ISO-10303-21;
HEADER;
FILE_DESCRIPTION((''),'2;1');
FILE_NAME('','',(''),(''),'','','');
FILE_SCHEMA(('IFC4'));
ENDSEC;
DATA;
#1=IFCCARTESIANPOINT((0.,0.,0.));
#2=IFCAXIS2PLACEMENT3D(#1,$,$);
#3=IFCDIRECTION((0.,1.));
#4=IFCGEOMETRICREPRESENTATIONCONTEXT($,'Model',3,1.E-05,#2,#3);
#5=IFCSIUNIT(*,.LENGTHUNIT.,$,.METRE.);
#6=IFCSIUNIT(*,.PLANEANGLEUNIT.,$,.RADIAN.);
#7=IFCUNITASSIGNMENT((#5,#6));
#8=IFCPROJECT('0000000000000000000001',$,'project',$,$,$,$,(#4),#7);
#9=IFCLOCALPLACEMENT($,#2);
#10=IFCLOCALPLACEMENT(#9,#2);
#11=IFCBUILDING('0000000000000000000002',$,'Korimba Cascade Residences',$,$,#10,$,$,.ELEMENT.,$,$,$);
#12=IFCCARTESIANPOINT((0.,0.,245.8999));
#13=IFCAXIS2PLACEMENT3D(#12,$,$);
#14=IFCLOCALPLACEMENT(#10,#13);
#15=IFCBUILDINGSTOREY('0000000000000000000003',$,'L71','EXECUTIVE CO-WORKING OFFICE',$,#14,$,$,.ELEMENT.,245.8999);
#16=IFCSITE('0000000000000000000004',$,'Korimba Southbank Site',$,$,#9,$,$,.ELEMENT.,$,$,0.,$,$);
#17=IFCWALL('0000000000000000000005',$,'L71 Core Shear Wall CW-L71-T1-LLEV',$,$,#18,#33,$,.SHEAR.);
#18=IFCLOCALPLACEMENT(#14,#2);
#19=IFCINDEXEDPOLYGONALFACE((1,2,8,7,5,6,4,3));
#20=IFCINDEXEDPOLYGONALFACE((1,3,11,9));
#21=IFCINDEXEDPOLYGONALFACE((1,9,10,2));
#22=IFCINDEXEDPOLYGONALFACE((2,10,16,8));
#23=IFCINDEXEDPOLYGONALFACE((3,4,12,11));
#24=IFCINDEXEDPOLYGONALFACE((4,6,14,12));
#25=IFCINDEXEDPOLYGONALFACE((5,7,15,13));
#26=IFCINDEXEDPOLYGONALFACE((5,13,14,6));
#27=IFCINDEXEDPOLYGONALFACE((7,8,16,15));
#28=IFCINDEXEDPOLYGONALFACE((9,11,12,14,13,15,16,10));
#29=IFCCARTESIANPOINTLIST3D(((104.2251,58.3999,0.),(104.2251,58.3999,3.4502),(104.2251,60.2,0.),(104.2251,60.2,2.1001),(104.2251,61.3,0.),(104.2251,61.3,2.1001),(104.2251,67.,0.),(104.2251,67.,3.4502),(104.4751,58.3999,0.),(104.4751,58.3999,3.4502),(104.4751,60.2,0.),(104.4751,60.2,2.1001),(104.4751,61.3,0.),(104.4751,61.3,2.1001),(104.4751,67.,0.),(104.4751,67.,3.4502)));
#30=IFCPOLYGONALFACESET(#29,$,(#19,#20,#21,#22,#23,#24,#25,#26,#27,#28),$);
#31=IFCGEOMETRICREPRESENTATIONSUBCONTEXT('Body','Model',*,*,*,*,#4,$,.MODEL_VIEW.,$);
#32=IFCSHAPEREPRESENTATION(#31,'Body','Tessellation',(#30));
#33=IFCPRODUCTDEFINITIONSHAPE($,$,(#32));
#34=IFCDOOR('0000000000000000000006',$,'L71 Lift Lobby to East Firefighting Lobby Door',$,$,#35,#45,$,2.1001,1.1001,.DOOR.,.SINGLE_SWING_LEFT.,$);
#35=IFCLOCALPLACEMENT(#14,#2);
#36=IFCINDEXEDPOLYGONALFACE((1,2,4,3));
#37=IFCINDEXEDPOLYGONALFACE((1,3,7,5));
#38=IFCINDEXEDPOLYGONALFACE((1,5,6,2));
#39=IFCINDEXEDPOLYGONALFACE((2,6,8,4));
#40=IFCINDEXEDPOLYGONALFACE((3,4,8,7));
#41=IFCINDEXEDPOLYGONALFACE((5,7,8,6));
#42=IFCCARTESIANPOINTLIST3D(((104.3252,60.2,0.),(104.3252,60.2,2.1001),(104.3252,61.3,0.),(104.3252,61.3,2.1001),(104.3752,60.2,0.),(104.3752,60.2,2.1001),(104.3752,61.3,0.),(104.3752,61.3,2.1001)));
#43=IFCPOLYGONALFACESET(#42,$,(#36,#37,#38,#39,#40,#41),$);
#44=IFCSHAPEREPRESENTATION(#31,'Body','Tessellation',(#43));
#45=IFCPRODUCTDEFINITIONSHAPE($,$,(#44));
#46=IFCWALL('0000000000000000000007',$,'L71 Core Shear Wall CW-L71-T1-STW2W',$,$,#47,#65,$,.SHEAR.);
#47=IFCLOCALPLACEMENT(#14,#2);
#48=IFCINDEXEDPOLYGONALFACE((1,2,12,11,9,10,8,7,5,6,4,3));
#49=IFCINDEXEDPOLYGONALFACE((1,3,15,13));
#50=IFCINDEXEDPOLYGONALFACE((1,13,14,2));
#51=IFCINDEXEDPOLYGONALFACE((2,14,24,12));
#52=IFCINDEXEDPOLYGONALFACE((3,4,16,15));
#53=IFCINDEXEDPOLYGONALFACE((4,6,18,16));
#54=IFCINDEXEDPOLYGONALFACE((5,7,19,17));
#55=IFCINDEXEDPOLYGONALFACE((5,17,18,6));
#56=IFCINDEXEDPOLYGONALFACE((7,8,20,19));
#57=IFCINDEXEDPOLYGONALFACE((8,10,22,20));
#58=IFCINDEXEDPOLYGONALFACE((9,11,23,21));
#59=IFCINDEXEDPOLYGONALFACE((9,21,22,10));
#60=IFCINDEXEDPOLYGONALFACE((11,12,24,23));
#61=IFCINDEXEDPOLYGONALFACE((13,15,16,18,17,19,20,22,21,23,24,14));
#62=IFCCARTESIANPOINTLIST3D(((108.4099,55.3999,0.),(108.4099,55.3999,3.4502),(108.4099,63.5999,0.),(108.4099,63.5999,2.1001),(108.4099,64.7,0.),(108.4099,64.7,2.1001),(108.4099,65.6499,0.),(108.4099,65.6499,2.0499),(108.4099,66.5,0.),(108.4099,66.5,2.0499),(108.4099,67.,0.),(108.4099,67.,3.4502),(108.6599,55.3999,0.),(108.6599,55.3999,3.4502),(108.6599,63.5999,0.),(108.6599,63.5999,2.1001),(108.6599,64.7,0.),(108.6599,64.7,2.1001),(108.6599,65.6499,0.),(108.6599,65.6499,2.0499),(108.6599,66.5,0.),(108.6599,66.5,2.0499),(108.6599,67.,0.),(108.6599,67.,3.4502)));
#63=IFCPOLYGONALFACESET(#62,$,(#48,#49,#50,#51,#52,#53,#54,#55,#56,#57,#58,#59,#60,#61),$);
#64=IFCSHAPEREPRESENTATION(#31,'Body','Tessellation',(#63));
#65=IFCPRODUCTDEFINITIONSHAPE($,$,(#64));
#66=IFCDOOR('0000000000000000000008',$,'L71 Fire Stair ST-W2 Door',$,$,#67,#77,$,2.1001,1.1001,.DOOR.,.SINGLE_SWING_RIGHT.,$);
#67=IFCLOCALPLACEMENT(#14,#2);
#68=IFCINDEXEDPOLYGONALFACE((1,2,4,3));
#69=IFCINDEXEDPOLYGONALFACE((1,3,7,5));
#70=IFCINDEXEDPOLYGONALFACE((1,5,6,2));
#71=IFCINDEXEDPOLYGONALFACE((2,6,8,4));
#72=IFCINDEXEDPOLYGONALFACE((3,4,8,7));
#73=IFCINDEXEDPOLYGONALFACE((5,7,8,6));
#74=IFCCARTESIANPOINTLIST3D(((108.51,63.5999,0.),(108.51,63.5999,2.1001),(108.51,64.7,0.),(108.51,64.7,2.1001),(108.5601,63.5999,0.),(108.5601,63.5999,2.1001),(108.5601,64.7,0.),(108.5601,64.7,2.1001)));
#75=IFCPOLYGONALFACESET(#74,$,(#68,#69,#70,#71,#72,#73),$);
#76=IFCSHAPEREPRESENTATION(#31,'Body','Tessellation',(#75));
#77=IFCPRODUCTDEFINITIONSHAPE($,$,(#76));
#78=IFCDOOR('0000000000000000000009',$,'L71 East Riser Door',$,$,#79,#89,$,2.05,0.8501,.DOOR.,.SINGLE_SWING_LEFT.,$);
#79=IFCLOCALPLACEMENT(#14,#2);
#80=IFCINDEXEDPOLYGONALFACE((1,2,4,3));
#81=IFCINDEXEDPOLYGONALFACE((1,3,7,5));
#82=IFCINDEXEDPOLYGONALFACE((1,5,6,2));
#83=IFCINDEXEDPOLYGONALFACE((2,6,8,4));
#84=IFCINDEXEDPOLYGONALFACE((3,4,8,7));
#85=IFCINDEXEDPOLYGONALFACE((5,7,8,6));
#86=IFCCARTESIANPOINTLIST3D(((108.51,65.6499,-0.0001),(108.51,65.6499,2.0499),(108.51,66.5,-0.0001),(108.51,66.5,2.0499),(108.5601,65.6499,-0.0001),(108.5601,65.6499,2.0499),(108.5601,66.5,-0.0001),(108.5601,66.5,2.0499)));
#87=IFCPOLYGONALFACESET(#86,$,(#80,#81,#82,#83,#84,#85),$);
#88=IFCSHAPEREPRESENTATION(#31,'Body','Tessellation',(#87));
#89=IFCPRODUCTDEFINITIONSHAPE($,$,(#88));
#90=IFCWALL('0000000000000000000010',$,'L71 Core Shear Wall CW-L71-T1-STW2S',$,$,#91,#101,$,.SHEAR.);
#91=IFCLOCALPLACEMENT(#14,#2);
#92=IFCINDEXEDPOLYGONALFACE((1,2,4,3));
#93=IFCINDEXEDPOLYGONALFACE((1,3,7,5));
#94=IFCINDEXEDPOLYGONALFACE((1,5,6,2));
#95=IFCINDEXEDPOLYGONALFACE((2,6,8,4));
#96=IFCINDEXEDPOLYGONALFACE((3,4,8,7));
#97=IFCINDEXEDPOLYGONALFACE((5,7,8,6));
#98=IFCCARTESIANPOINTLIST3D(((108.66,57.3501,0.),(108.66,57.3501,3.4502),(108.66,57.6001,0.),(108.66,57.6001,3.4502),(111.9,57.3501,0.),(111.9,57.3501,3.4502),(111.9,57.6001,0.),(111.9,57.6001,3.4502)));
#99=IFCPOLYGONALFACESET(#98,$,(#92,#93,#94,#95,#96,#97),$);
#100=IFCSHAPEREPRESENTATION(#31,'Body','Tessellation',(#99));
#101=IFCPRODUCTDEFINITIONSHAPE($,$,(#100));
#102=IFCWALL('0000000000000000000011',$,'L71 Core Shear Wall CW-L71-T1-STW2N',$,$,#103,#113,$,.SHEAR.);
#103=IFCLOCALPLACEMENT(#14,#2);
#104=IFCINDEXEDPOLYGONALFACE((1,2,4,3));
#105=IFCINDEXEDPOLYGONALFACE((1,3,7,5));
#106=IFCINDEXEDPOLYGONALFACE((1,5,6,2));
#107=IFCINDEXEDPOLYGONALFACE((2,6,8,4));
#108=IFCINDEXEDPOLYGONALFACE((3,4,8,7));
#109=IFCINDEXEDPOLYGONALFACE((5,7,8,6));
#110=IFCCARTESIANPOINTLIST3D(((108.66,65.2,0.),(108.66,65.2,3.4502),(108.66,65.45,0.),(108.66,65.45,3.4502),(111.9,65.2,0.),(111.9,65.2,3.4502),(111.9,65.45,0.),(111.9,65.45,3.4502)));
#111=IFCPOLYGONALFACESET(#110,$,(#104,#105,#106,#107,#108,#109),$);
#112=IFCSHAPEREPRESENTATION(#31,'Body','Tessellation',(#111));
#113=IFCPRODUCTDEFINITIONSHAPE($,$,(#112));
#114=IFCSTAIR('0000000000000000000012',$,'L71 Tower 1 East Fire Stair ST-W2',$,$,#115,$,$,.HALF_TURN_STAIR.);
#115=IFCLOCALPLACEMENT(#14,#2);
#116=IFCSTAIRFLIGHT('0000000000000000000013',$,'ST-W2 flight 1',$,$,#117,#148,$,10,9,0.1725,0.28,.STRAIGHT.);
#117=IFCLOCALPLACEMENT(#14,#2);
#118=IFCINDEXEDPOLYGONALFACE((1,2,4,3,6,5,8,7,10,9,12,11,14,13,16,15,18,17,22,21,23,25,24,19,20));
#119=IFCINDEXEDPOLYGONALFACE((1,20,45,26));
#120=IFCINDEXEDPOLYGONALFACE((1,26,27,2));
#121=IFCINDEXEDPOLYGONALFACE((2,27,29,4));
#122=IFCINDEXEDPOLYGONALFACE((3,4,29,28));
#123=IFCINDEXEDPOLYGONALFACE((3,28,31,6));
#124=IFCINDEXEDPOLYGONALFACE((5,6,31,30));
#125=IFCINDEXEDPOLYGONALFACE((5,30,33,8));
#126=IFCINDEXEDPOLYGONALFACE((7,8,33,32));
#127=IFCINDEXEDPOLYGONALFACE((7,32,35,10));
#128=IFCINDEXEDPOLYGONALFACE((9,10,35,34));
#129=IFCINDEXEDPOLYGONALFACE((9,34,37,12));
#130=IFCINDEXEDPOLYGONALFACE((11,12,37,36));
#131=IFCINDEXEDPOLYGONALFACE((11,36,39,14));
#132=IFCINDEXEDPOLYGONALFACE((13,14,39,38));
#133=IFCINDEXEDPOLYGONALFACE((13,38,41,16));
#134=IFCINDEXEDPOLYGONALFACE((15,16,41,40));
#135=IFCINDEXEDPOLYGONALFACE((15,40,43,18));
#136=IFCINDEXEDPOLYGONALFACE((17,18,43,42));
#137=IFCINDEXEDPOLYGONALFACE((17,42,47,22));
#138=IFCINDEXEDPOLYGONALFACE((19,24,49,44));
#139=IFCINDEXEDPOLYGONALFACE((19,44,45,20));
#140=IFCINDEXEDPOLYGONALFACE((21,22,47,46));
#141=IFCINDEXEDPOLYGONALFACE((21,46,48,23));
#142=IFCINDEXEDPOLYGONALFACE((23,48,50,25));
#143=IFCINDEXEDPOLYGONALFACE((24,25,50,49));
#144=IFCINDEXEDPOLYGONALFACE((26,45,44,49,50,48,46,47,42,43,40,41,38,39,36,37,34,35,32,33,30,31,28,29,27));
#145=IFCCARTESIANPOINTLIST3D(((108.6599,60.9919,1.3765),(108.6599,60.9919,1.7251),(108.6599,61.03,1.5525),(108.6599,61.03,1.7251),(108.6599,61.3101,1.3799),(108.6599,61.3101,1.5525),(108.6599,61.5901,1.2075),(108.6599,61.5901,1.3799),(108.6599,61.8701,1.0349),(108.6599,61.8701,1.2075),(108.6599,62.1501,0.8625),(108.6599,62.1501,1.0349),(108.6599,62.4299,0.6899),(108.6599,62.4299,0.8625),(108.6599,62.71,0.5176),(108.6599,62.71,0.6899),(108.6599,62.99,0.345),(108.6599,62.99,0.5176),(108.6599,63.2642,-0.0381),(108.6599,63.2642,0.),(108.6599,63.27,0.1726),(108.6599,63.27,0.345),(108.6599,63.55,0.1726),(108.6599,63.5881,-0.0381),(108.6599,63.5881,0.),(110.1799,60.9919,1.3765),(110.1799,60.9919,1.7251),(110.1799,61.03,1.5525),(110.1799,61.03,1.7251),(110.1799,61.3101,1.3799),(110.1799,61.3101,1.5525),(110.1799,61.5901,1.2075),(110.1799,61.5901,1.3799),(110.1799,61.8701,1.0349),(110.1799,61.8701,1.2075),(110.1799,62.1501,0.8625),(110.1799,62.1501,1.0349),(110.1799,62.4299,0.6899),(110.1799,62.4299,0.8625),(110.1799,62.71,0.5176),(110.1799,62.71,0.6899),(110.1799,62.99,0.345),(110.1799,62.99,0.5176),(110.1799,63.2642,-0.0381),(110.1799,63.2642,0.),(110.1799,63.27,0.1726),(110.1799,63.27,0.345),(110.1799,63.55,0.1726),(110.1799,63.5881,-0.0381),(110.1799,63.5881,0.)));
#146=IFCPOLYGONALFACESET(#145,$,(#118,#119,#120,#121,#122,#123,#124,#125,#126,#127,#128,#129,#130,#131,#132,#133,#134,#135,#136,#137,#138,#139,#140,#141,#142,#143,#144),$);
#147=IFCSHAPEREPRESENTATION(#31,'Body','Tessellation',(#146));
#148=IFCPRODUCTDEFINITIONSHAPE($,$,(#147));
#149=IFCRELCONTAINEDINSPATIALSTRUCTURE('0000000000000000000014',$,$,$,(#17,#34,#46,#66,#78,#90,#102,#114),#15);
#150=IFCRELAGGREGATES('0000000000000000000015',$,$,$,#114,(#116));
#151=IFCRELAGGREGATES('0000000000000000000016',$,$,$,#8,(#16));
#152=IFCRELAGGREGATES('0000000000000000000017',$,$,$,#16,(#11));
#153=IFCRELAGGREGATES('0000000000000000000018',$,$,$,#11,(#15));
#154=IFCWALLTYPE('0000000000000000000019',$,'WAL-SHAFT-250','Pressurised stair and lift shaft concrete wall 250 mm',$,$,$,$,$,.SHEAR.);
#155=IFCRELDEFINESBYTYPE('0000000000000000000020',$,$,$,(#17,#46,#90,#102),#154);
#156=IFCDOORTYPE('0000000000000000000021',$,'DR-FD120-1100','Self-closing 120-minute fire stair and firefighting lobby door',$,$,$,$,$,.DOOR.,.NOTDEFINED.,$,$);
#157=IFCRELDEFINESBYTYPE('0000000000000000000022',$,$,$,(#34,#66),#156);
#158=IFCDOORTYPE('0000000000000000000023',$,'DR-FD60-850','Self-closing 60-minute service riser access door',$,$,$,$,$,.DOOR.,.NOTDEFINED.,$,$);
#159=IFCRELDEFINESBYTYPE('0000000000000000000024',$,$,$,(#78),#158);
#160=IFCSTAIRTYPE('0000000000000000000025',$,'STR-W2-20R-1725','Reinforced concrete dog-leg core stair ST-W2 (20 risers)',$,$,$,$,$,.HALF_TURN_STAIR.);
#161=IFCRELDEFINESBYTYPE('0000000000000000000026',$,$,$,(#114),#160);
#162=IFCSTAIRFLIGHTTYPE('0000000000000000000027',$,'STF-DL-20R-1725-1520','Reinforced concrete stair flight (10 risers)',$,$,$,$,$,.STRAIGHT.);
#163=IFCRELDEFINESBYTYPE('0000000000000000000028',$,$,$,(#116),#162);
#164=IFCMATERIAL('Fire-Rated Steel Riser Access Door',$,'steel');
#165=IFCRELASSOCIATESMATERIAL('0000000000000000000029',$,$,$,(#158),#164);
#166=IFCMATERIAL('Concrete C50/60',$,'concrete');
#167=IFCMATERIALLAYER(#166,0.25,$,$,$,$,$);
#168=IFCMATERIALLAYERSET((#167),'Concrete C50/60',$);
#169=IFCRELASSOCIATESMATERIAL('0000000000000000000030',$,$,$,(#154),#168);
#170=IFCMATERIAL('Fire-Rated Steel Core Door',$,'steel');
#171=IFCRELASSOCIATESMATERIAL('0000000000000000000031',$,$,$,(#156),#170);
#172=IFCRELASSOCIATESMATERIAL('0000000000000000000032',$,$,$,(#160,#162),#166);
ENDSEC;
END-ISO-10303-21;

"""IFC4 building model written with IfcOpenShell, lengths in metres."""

from ifc_helpers import new_model, si_unit, direction, frame, frame_2d, origin, place, context, subcontext, project, spatial, polyline, rectangle, outline, extrude, material, layer, layer_set, type_object, element, fill, aggregate, save


model = new_model("IFC4")

# Units and contexts
model_context = context("Model", 3, precision=1e-05, world=origin(), true_north=direction((0.0, 1.0)))
body_context = subcontext(model_context, "Body", "Model", "MODEL_VIEW")
ifc_project = project(units=[si_unit("LENGTHUNIT", "METRE"), si_unit("PLANEANGLEUNIT", "RADIAN")], contexts=[model_context])

# Site, building, storey
site_placement = place(None, origin())
site = spatial("IfcSite", under=ifc_project, at=site_placement, Name="Korimba Southbank Site", CompositionType="ELEMENT", RefElevation=0.0)
building_placement = place(site_placement, origin())
building = spatial("IfcBuilding", under=site, at=building_placement, Name="Korimba Cascade Residences", CompositionType="ELEMENT")
storey_placement = place(building_placement, frame((0.0, 0.0, 245.8999)))
storey = spatial("IfcBuildingStorey", under=building, at=storey_placement, Name="L71", Description="EXECUTIVE CO-WORKING OFFICE", CompositionType="ELEMENT", Elevation=245.8999)

# Shared definitions
ifc_material_1 = material(Name="Concrete C50/60", Category="concrete")

# Shared definitions
ifc_material_2 = material(Name="Fire-Rated Steel Riser Access Door", Category="steel")
door_type_1 = type_object("IfcDoorType", Name="DR-FD60-850", Description="Self-closing 60-minute service riser access door", OperationType="NOTDEFINED", PredefinedType="DOOR", material=ifc_material_2)

# Shared definitions
ifc_layer_1 = layer(ifc_material_1, 0.25)
ifc_layer_set_1 = layer_set([ifc_layer_1], Name="Concrete C50/60")
wall_type_1 = type_object("IfcWallType", Name="WAL-SHAFT-250", Description="Pressurised stair and lift shaft concrete wall 250 mm", PredefinedType="SHEAR", material=ifc_layer_set_1)

# Wall, opening, door
wall_1_placement = place(storey_placement, frame((104.3501, 58.3999, 0.0), z_axis=(0.0, 0.0, 1.0), x_axis=(0.0, 1.0, 0.0)))
wall_1 = element("IfcWall", 1, at=wall_1_placement, inside=storey, type_object=wall_type_1, Name="L71 Core Shear Wall CW-L71-T1-LLEV", PredefinedType="SHEAR", context=body_context, shape_type="SweptSolid", body=[
    extrude(rectangle(XDim=8.6001, YDim=0.25, at=frame_2d((4.3, 0.0))), origin(), (0.0, 0.0, 1.0), 3.4502),
])
opening_1_placement = place(wall_1_placement, frame((1.8, 0.0, 0.0)))
opening_1 = element("IfcOpeningElement", 2, at=opening_1_placement, cuts=wall_1, PredefinedType="OPENING", context=body_context, shape_type="SweptSolid", body=[
    extrude(rectangle(XDim=1.1001, YDim=2.1001, at=frame_2d((0.55, 1.05))), frame((0.0, 0.135, 0.0), z_axis=(0.0, -1.0, 0.0), x_axis=(1.0, 0.0, 0.0)), (0.0, 0.0, 1.0), 0.27),
])
ifc_material_3 = material(Name="Fire-Rated Steel Core Door", Category="steel")
door_type_2 = type_object("IfcDoorType", Name="DR-FD120-1100", Description="Self-closing 120-minute fire stair and firefighting lobby door", OperationType="NOTDEFINED", PredefinedType="DOOR", material=ifc_material_3)
door_1_placement = place(opening_1_placement, origin())
door_1 = element("IfcDoor", 3, at=door_1_placement, inside=storey, type_object=door_type_2, Name="L71 Lift Lobby to East Firefighting Lobby Door", OperationType="SINGLE_SWING_LEFT", OverallHeight=2.1001, OverallWidth=1.1001, PredefinedType="DOOR", context=body_context, shape_type="SweptSolid", body=[
    extrude(rectangle(XDim=1.1001, YDim=2.1001, at=frame_2d((0.55, 1.05))), frame((0.0, 0.0249, 0.0), z_axis=(0.0, -1.0, 0.0), x_axis=(1.0, 0.0, 0.0)), (0.0, 0.0, 1.0), 0.05),
])
fill(opening_1, door_1)

# Wall, openings, doors
wall_2_placement = place(storey_placement, frame((108.5349, 55.3999, 0.0), z_axis=(0.0, 0.0, 1.0), x_axis=(0.0, 1.0, 0.0)))
wall_2 = element("IfcWall", 4, at=wall_2_placement, inside=storey, type_object=wall_type_1, Name="L71 Core Shear Wall CW-L71-T1-STW2W", PredefinedType="SHEAR", context=body_context, shape_type="SweptSolid", body=[
    extrude(rectangle(XDim=11.6001, YDim=0.25, at=frame_2d((5.8, 0.0))), origin(), (0.0, 0.0, 1.0), 3.4502),
])
opening_2_placement = place(wall_2_placement, frame((8.2, 0.0, 0.0)))
opening_2 = element("IfcOpeningElement", 5, at=opening_2_placement, cuts=wall_2, PredefinedType="OPENING", context=body_context, shape_type="SweptSolid", body=[
    extrude(rectangle(XDim=1.1001, YDim=2.1001, at=frame_2d((0.55, 1.05))), frame((0.0, 0.135, 0.0), z_axis=(0.0, -1.0, 0.0), x_axis=(1.0, 0.0, 0.0)), (0.0, 0.0, 1.0), 0.27),
])
opening_3_placement = place(wall_2_placement, frame((10.25, 0.0, 0.0)))
opening_3 = element("IfcOpeningElement", 6, at=opening_3_placement, cuts=wall_2, PredefinedType="OPENING", context=body_context, shape_type="SweptSolid", body=[
    extrude(rectangle(XDim=0.8501, YDim=2.05, at=frame_2d((0.425, 1.0249))), frame((0.0, 0.135, 0.0), z_axis=(0.0, -1.0, 0.0), x_axis=(1.0, 0.0, 0.0)), (0.0, 0.0, 1.0), 0.27),
])
door_2_placement = place(opening_2_placement, origin())
door_2 = element("IfcDoor", 7, at=door_2_placement, inside=storey, type_object=door_type_2, Name="L71 Fire Stair ST-W2 Door", OperationType="SINGLE_SWING_RIGHT", OverallHeight=2.1001, OverallWidth=1.1001, PredefinedType="DOOR", context=body_context, shape_type="SweptSolid", body=[
    extrude(rectangle(XDim=1.1001, YDim=2.1001, at=frame_2d((0.55, 1.05))), frame((0.0, 0.0249, 0.0), z_axis=(0.0, -1.0, 0.0), x_axis=(1.0, 0.0, 0.0)), (0.0, 0.0, 1.0), 0.05),
])
fill(opening_2, door_2)
door_3_placement = place(opening_3_placement, origin())
door_3 = element("IfcDoor", 8, at=door_3_placement, inside=storey, type_object=door_type_1, Name="L71 East Riser Door", OperationType="SINGLE_SWING_LEFT", OverallHeight=2.05, OverallWidth=0.8501, PredefinedType="DOOR", context=body_context, shape_type="SweptSolid", body=[
    extrude(rectangle(XDim=0.8501, YDim=2.05, at=frame_2d((0.425, 1.0249))), frame((0.0, 0.0249, 0.0), z_axis=(0.0, -1.0, 0.0), x_axis=(1.0, 0.0, 0.0)), (0.0, 0.0, 1.0), 0.05),
])
fill(opening_3, door_3)

# Walls
for number, where, z_axis, x_axis, name in (
    (9, (108.6599, 57.4751, 0.0), (0.0, 0.0, 1.0), (1.0, 0.0, 0.0), "L71 Core Shear Wall CW-L71-T1-STW2S"),
    (10, (108.6599, 65.325, 0.0), (0.0, 0.0, 1.0), (1.0, 0.0, 0.0), "L71 Core Shear Wall CW-L71-T1-STW2N"),
):
    element("IfcWall", number, at=place(storey_placement, frame(where, z_axis=z_axis, x_axis=x_axis)), inside=storey, type_object=wall_type_1, Name=name, PredefinedType="SHEAR", context=body_context, shape_type="SweptSolid", body=[
        extrude(rectangle(XDim=3.24, YDim=0.25, at=frame_2d((1.6201, 0.0))), origin(), (0.0, 0.0, 1.0), 3.4502),
    ])

# Stair, stair flight
stair_type = type_object("IfcStairType", Name="STR-W2-20R-1725", Description="Reinforced concrete dog-leg core stair ST-W2 (20 risers)", PredefinedType="HALF_TURN_STAIR", material=ifc_material_1)
stair_placement = place(storey_placement, origin())
stair = element("IfcStair", 11, at=stair_placement, inside=storey, type_object=stair_type, Name="L71 Tower 1 East Fire Stair ST-W2", PredefinedType="HALF_TURN_STAIR")
stair_flight_type = type_object("IfcStairFlightType", Name="STF-DL-20R-1725-1520", Description="Reinforced concrete stair flight (10 risers)", PredefinedType="STRAIGHT", material=ifc_material_1)
stair_flight_placement = place(storey_placement, frame((109.4199, 63.55, 0.0), z_axis=(0.0, 0.0, 1.0), x_axis=(0.0, -1.0, 0.0)))
stair_flight = element("IfcStairFlight", 12, at=stair_flight_placement, type_object=stair_flight_type, Name="ST-W2 flight 1", NumberOfRisers=10, NumberOfTreads=9, PredefinedType="STRAIGHT", RiserHeight=0.1725, TreadLength=0.28, context=body_context, shape_type="SweptSolid", body=[
    extrude(outline(polyline([(-0.0381, 0.0), (0.0, 0.1726), (0.28, 0.1726), (0.28, 0.345), (0.5601, 0.345), (0.5601, 0.5176), (0.8401, 0.5176), (0.8401, 0.6899), (1.1201, 0.6899), (1.1201, 0.8625), (1.3999, 0.8625), (1.3999, 1.0349), (1.6799, 1.0349), (1.6799, 1.2075), (1.96, 1.2075), (1.96, 1.3799), (2.24, 1.3799), (2.24, 1.5525), (2.52, 1.5525), (2.52, 1.7251), (2.5581, 1.7251), (2.5581, 1.3765), (0.2859, 0.0), (0.2859, -0.0381), (-0.0381, -0.0381), (-0.0381, 0.0)])), frame((0.0, 0.76, 0.0), z_axis=(0.0, -1.0, 0.0), x_axis=(1.0, 0.0, 0.0)), (0.0, 0.0, 1.0), 1.52),
])
aggregate(stair, [stair_flight])

save(model, "model.ifc")
